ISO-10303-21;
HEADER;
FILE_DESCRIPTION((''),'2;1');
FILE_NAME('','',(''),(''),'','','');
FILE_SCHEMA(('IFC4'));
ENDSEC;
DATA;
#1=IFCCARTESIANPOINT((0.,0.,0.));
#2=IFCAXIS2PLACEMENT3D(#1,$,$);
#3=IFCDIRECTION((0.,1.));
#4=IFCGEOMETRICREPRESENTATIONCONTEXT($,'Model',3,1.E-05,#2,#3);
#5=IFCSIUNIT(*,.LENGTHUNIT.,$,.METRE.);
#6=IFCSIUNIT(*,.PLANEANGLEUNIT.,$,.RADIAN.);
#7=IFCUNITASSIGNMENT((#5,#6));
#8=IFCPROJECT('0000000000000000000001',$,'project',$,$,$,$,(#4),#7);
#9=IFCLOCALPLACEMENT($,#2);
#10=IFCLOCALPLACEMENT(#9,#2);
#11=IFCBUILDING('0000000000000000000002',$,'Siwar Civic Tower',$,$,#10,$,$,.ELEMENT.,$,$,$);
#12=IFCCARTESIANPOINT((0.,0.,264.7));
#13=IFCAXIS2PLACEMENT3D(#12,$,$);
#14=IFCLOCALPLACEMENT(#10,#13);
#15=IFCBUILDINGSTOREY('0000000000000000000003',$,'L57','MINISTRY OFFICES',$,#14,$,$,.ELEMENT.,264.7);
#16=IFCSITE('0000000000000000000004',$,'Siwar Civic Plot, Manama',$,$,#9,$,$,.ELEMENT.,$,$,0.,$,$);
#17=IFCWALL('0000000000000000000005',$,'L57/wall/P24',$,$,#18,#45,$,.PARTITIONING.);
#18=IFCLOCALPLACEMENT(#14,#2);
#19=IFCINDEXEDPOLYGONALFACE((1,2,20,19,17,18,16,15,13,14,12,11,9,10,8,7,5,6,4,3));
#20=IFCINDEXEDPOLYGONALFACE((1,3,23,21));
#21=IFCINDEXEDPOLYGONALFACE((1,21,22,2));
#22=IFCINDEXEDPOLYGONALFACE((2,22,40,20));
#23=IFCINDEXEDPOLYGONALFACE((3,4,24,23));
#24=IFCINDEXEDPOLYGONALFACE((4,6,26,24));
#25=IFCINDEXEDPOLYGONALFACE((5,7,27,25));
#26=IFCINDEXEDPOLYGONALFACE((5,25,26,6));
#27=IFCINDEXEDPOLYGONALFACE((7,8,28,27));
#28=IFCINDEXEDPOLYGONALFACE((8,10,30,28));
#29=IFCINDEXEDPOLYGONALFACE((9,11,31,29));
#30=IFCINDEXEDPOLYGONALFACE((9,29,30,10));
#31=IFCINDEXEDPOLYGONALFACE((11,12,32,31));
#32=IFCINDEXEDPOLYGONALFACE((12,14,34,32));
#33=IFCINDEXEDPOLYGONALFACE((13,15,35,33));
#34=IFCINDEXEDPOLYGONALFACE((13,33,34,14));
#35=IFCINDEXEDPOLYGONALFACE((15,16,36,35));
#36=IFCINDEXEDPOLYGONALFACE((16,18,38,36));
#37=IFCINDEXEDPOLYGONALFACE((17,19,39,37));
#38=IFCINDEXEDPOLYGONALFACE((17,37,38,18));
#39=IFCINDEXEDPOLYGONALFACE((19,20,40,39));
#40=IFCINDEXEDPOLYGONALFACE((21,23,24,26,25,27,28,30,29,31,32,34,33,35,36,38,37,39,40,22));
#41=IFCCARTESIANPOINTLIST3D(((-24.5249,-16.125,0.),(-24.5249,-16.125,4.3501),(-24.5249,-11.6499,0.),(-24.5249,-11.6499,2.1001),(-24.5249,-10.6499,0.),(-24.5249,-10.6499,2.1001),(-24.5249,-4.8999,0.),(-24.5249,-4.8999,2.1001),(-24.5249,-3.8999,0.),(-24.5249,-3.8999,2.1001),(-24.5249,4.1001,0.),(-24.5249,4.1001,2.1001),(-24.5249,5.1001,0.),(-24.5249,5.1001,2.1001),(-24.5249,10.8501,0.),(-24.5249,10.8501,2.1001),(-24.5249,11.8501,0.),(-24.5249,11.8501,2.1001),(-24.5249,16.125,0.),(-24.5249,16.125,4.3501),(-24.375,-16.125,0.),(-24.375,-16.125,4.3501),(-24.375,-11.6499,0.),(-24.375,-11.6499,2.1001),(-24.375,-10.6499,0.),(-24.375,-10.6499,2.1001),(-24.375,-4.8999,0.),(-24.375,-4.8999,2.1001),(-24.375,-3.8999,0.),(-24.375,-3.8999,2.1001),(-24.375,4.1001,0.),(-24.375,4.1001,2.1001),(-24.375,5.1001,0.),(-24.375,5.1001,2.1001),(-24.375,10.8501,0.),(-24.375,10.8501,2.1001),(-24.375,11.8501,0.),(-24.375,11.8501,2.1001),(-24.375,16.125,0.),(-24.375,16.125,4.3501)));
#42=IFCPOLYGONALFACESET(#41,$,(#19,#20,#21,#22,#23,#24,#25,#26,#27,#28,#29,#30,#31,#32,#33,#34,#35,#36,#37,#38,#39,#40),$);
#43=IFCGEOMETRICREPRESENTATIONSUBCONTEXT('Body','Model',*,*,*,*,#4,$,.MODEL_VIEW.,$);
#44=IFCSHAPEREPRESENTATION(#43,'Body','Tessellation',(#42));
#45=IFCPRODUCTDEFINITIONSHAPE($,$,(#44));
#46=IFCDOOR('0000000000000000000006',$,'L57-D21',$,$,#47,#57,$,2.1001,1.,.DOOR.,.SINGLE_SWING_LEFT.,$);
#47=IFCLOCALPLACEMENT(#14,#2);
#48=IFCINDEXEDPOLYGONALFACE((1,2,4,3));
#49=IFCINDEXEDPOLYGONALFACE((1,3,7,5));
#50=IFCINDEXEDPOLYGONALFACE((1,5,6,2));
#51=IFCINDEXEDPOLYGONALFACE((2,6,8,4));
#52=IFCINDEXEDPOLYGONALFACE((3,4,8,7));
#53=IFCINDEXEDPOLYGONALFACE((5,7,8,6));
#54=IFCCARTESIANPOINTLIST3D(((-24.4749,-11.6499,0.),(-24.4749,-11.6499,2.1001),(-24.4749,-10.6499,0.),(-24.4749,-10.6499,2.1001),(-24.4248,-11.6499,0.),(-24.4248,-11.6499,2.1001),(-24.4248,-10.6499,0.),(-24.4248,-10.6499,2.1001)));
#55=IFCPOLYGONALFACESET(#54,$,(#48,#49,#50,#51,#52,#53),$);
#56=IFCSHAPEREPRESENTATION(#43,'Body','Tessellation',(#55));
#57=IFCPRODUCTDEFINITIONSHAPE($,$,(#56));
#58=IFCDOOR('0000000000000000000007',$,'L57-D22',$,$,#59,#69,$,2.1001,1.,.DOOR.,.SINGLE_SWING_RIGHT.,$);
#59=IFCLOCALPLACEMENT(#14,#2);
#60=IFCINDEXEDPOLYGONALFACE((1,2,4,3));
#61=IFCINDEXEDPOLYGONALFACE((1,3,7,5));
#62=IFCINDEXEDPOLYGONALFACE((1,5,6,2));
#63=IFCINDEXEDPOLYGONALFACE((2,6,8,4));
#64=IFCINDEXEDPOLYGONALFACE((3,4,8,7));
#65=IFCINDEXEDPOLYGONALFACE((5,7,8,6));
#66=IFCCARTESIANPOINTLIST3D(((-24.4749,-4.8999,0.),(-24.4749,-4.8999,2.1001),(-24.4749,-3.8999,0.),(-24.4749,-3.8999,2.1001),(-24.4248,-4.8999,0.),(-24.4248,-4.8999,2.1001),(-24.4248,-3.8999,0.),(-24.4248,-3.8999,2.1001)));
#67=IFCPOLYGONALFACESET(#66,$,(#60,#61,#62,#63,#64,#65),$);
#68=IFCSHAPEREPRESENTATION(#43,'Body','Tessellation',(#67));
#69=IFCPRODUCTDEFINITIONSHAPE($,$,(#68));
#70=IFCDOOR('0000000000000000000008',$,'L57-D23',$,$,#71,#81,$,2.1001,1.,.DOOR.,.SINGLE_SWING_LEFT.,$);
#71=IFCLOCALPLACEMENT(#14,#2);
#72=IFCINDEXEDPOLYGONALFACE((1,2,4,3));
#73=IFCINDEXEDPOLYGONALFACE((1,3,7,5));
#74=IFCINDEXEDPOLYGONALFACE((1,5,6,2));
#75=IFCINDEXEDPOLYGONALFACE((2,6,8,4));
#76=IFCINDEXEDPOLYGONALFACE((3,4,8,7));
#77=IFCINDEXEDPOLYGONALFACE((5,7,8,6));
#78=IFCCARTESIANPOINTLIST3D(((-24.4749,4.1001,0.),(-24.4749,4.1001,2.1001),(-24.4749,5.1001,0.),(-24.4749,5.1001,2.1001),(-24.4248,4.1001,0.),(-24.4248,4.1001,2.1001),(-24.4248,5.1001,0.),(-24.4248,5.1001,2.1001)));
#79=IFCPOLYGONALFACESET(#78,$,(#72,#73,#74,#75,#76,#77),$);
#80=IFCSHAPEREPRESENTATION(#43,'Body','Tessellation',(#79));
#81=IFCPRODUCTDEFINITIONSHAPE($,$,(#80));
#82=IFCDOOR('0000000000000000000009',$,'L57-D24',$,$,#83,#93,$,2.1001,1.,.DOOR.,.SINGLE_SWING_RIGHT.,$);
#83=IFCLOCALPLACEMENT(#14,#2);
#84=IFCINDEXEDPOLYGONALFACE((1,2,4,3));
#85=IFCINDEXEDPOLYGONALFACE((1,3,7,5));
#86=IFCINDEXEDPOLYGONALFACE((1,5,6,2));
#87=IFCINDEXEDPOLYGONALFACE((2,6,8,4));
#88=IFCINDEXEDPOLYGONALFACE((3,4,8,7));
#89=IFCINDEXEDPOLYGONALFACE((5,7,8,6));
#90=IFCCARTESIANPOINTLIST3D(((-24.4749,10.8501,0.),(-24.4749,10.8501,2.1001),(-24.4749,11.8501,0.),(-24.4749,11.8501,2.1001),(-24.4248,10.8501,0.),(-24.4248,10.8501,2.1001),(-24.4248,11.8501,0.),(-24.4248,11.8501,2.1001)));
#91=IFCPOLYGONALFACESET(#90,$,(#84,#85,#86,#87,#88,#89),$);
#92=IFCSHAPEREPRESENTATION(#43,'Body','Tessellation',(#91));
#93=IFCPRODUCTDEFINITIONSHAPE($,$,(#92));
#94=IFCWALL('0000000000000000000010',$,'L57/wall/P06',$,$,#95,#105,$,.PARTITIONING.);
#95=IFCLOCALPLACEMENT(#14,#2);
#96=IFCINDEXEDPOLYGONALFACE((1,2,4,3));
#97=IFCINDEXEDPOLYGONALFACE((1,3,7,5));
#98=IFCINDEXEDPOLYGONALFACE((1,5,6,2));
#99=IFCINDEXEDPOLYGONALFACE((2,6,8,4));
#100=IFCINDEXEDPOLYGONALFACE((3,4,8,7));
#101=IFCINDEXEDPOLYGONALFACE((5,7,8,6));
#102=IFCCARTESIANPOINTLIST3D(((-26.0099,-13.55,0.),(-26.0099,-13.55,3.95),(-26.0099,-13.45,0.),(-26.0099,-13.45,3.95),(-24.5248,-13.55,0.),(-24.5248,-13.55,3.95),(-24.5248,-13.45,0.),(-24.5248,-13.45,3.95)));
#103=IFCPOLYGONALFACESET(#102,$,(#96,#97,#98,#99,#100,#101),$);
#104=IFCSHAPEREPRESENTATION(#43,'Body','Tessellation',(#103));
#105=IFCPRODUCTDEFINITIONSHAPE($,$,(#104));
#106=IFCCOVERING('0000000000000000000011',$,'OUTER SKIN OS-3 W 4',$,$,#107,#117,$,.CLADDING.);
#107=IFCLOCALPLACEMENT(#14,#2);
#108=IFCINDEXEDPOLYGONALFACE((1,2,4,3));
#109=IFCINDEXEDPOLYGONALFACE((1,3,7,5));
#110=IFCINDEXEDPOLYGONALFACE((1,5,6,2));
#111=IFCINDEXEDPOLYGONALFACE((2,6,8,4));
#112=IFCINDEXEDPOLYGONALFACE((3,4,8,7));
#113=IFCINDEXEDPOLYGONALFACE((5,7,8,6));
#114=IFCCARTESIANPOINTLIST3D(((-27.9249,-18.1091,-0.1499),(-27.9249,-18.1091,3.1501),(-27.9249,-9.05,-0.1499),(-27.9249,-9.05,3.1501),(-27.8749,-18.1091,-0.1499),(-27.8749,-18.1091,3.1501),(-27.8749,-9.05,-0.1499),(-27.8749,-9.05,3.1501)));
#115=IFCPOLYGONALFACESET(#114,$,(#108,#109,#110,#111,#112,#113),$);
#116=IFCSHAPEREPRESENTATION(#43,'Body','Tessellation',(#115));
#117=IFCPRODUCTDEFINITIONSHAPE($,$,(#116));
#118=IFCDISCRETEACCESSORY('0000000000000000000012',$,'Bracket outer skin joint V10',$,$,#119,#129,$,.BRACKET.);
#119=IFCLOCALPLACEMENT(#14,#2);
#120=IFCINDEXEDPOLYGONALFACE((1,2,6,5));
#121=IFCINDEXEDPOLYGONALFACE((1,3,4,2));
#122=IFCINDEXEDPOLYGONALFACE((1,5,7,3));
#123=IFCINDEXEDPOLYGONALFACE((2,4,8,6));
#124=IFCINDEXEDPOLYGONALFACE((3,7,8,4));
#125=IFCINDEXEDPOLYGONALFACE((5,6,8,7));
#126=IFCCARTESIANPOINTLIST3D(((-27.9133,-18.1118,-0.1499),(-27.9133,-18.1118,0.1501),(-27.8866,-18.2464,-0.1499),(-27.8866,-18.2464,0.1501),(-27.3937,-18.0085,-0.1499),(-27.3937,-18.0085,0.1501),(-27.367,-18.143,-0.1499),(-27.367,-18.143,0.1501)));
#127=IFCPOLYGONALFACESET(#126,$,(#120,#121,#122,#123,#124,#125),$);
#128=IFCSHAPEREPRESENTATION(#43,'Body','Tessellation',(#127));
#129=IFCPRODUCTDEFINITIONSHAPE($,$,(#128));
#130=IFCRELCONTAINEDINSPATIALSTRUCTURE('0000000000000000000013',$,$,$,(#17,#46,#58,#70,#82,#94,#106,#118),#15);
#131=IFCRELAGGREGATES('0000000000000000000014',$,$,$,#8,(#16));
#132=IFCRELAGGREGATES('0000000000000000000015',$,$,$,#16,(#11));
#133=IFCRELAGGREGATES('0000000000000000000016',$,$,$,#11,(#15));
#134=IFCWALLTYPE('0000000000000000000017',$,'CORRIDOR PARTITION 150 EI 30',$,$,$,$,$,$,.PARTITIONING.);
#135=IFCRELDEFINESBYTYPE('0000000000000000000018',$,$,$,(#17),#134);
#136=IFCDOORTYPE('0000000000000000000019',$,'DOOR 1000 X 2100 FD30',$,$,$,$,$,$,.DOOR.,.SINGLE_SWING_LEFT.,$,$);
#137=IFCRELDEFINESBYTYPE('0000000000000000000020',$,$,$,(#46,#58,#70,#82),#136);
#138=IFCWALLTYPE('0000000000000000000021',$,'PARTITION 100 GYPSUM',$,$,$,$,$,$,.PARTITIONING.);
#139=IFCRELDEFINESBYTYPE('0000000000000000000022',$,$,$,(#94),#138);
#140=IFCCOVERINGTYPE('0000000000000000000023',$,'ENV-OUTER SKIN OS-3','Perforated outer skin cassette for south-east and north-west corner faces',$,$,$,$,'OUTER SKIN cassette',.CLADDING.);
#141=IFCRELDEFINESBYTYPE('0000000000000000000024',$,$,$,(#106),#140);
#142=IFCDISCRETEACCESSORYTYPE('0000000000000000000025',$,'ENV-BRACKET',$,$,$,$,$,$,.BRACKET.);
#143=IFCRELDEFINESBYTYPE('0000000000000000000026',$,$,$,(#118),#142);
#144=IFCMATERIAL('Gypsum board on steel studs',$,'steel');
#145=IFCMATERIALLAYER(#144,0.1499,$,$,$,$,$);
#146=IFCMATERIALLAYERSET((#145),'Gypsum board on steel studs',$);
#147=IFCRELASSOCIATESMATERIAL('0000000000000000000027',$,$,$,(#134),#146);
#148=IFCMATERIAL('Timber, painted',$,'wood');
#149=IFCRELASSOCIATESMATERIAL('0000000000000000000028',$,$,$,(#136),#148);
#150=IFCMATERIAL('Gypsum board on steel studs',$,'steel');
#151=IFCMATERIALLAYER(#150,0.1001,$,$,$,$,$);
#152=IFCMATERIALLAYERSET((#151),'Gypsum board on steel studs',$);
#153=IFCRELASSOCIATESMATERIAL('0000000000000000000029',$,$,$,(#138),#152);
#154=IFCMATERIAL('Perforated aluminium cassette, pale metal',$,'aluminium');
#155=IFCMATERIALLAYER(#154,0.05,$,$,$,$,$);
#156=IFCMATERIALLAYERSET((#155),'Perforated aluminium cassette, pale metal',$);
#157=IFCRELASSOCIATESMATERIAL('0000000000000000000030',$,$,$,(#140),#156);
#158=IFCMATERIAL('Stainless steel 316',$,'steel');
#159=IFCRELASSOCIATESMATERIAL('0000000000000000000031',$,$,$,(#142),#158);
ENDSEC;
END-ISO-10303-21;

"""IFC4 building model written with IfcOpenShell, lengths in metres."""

from ifc_helpers import new_model, si_unit, direction, frame, frame_2d, origin, origin_2d, place, context, subcontext, project, spatial, rectangle, extrude, material, layer, layer_set, type_object, element, fill, save


model = new_model("IFC4")

# Units and contexts
model_context = context("Model", 3, precision=1e-05, world=origin(), true_north=direction((0.0, 1.0)))
body_context = subcontext(model_context, "Body", "Model", "MODEL_VIEW")
ifc_project = project(units=[si_unit("LENGTHUNIT", "METRE"), si_unit("PLANEANGLEUNIT", "RADIAN")], contexts=[model_context])

# Site, building, storey
site_placement = place(None, origin())
site = spatial("IfcSite", under=ifc_project, at=site_placement, Name="Siwar Civic Plot, Manama", CompositionType="ELEMENT", RefElevation=0.0)
building_placement = place(site_placement, origin())
building = spatial("IfcBuilding", under=site, at=building_placement, Name="Siwar Civic Tower", CompositionType="ELEMENT")
storey_placement = place(building_placement, frame((0.0, 0.0, 264.7)))
storey = spatial("IfcBuildingStorey", under=building, at=storey_placement, Name="L57", Description="MINISTRY OFFICES", CompositionType="ELEMENT", Elevation=264.7)

# Wall, openings, doors
ifc_material_1 = material(Name="Gypsum board on steel studs", Category="steel")
ifc_layer_1 = layer(ifc_material_1, 0.1499)
ifc_layer_set_1 = layer_set([ifc_layer_1], Name="Gypsum board on steel studs")
wall_type_1 = type_object("IfcWallType", Name="CORRIDOR PARTITION 150 EI 30", PredefinedType="PARTITIONING", material=ifc_layer_set_1)
ifc_material_2 = material(Name="Timber, painted", Category="wood")
door_type = type_object("IfcDoorType", Name="DOOR 1000 X 2100 FD30", OperationType="SINGLE_SWING_LEFT", PredefinedType="DOOR", material=ifc_material_2)
wall_1_placement = place(storey_placement, frame((-24.45, -16.125, 0.0), z_axis=(0.0, 0.0, 1.0), x_axis=(0.0, 1.0, 0.0)))
wall_1 = element("IfcWall", 1, at=wall_1_placement, inside=storey, type_object=wall_type_1, Name="L57/wall/P24", PredefinedType="PARTITIONING", context=body_context, shape_type="SweptSolid", body=[
    extrude(rectangle(XDim=32.25, YDim=0.1499, at=frame_2d((16.125, 0.0))), origin(), (0.0, 0.0, 1.0), 4.3501),
])
opening_1_placement = place(wall_1_placement, frame((4.4751, 0.0, 0.0)))
opening_1 = element("IfcOpeningElement", 2, at=opening_1_placement, cuts=wall_1, PredefinedType="OPENING", context=body_context, shape_type="SweptSolid", body=[
    extrude(rectangle(XDim=1.0, YDim=2.1001, at=frame_2d((0.5, 1.05))), frame((0.0, 0.085, 0.0), z_axis=(0.0, -1.0, 0.0), x_axis=(1.0, 0.0, 0.0)), (0.0, 0.0, 1.0), 0.1699),
])
opening_2_placement = place(wall_1_placement, frame((11.2251, 0.0, 0.0)))
opening_2 = element("IfcOpeningElement", 3, at=opening_2_placement, cuts=wall_1, PredefinedType="OPENING", context=body_context, shape_type="SweptSolid", body=[
    extrude(rectangle(XDim=1.0, YDim=2.1001, at=frame_2d((0.5, 1.05))), frame((0.0, 0.085, 0.0), z_axis=(0.0, -1.0, 0.0), x_axis=(1.0, 0.0, 0.0)), (0.0, 0.0, 1.0), 0.1699),
])
opening_3_placement = place(wall_1_placement, frame((20.2251, 0.0, 0.0)))
opening_3 = element("IfcOpeningElement", 4, at=opening_3_placement, cuts=wall_1, PredefinedType="OPENING", context=body_context, shape_type="SweptSolid", body=[
    extrude(rectangle(XDim=1.0, YDim=2.1001, at=frame_2d((0.5, 1.05))), frame((0.0, 0.085, 0.0), z_axis=(0.0, -1.0, 0.0), x_axis=(1.0, 0.0, 0.0)), (0.0, 0.0, 1.0), 0.1699),
])
opening_4_placement = place(wall_1_placement, frame((26.9751, 0.0, 0.0)))
opening_4 = element("IfcOpeningElement", 5, at=opening_4_placement, cuts=wall_1, PredefinedType="OPENING", context=body_context, shape_type="SweptSolid", body=[
    extrude(rectangle(XDim=1.0, YDim=2.1001, at=frame_2d((0.5, 1.05))), frame((0.0, 0.085, 0.0), z_axis=(0.0, -1.0, 0.0), x_axis=(1.0, 0.0, 0.0)), (0.0, 0.0, 1.0), 0.1699),
])
door_1_placement = place(opening_1_placement, origin())
door_1 = element("IfcDoor", 6, at=door_1_placement, inside=storey, type_object=door_type, Name="L57-D21", OperationType="SINGLE_SWING_LEFT", OverallHeight=2.1001, OverallWidth=1.0, PredefinedType="DOOR", context=body_context, shape_type="SweptSolid", body=[
    extrude(rectangle(XDim=1.0, YDim=2.1001, at=frame_2d((0.5, 1.05))), frame((0.0, 0.0249, 0.0), z_axis=(0.0, -1.0, 0.0), x_axis=(1.0, 0.0, 0.0)), (0.0, 0.0, 1.0), 0.05),
])
fill(opening_1, door_1)
door_2_placement = place(opening_2_placement, origin())
door_2 = element("IfcDoor", 7, at=door_2_placement, inside=storey, type_object=door_type, Name="L57-D22", OperationType="SINGLE_SWING_RIGHT", OverallHeight=2.1001, OverallWidth=1.0, PredefinedType="DOOR", context=body_context, shape_type="SweptSolid", body=[
    extrude(rectangle(XDim=1.0, YDim=2.1001, at=frame_2d((0.5, 1.05))), frame((0.0, 0.0249, 0.0), z_axis=(0.0, -1.0, 0.0), x_axis=(1.0, 0.0, 0.0)), (0.0, 0.0, 1.0), 0.05),
])
fill(opening_2, door_2)
door_3_placement = place(opening_3_placement, origin())
door_3 = element("IfcDoor", 8, at=door_3_placement, inside=storey, type_object=door_type, Name="L57-D23", OperationType="SINGLE_SWING_LEFT", OverallHeight=2.1001, OverallWidth=1.0, PredefinedType="DOOR", context=body_context, shape_type="SweptSolid", body=[
    extrude(rectangle(XDim=1.0, YDim=2.1001, at=frame_2d((0.5, 1.05))), frame((0.0, 0.0249, 0.0), z_axis=(0.0, -1.0, 0.0), x_axis=(1.0, 0.0, 0.0)), (0.0, 0.0, 1.0), 0.05),
])
fill(opening_3, door_3)
door_4_placement = place(opening_4_placement, origin())
door_4 = element("IfcDoor", 9, at=door_4_placement, inside=storey, type_object=door_type, Name="L57-D24", OperationType="SINGLE_SWING_RIGHT", OverallHeight=2.1001, OverallWidth=1.0, PredefinedType="DOOR", context=body_context, shape_type="SweptSolid", body=[
    extrude(rectangle(XDim=1.0, YDim=2.1001, at=frame_2d((0.5, 1.05))), frame((0.0, 0.0249, 0.0), z_axis=(0.0, -1.0, 0.0), x_axis=(1.0, 0.0, 0.0)), (0.0, 0.0, 1.0), 0.05),
])
fill(opening_4, door_4)

# Wall
ifc_material_3 = material(Name="Gypsum board on steel studs", Category="steel")
ifc_layer_2 = layer(ifc_material_3, 0.1001)
ifc_layer_set_2 = layer_set([ifc_layer_2], Name="Gypsum board on steel studs")
wall_type_2 = type_object("IfcWallType", Name="PARTITION 100 GYPSUM", PredefinedType="PARTITIONING", material=ifc_layer_set_2)
wall_2_placement = place(storey_placement, frame((-26.01, -13.5, 0.0), z_axis=(0.0, 0.0, 1.0), x_axis=(1.0, 0.0, 0.0)))
element("IfcWall", 10, at=wall_2_placement, inside=storey, type_object=wall_type_2, Name="L57/wall/P06", PredefinedType="PARTITIONING", context=body_context, shape_type="SweptSolid", body=[
    extrude(rectangle(XDim=1.4851, YDim=0.1001, at=frame_2d((0.7427, 0.0))), origin(), (0.0, 0.0, 1.0), 3.95),
])

# Covering
ifc_material_4 = material(Name="Perforated aluminium cassette, pale metal", Category="aluminium")
ifc_layer_3 = layer(ifc_material_4, 0.05)
ifc_layer_set_3 = layer_set([ifc_layer_3], Name="Perforated aluminium cassette, pale metal")
covering_type = type_object("IfcCoveringType", Name="ENV-OUTER SKIN OS-3", Description="Perforated outer skin cassette for south-east and north-west corner faces", ElementType="OUTER SKIN cassette", PredefinedType="CLADDING", material=ifc_layer_set_3)
covering_placement = place(storey_placement, frame((-27.8999, -13.5796, -0.1499), z_axis=(0.0, 0.0, 1.0), x_axis=(0.0, -1.0, 0.0)))
element("IfcCovering", 11, at=covering_placement, inside=storey, type_object=covering_type, Name="OUTER SKIN OS-3 W 4", PredefinedType="CLADDING", context=body_context, shape_type="SweptSolid", body=[
    extrude(rectangle(XDim=9.0591, YDim=0.05, at=origin_2d()), origin(), (0.0, 0.0, 1.0), 3.3),
])

# Discrete accessory
ifc_material_5 = material(Name="Stainless steel 316", Category="steel")
discrete_accessory_type = type_object("IfcDiscreteAccessoryType", Name="ENV-BRACKET", PredefinedType="BRACKET", material=ifc_material_5)
discrete_accessory_placement = place(storey_placement, frame((-27.6401, -18.1274, -0.1499), z_axis=(0.0, 0.0, 1.0), x_axis=(-0.980785, -0.19509, 0.0)))
element("IfcDiscreteAccessory", 12, at=discrete_accessory_placement, inside=storey, type_object=discrete_accessory_type, Name="Bracket outer skin joint V10", PredefinedType="BRACKET", context=body_context, shape_type="SweptSolid", body=[
    extrude(rectangle(XDim=0.5298, YDim=0.1372, at=origin_2d()), origin(), (0.0, 0.0, 1.0), 0.3),
])

save(model, "model.ifc")
